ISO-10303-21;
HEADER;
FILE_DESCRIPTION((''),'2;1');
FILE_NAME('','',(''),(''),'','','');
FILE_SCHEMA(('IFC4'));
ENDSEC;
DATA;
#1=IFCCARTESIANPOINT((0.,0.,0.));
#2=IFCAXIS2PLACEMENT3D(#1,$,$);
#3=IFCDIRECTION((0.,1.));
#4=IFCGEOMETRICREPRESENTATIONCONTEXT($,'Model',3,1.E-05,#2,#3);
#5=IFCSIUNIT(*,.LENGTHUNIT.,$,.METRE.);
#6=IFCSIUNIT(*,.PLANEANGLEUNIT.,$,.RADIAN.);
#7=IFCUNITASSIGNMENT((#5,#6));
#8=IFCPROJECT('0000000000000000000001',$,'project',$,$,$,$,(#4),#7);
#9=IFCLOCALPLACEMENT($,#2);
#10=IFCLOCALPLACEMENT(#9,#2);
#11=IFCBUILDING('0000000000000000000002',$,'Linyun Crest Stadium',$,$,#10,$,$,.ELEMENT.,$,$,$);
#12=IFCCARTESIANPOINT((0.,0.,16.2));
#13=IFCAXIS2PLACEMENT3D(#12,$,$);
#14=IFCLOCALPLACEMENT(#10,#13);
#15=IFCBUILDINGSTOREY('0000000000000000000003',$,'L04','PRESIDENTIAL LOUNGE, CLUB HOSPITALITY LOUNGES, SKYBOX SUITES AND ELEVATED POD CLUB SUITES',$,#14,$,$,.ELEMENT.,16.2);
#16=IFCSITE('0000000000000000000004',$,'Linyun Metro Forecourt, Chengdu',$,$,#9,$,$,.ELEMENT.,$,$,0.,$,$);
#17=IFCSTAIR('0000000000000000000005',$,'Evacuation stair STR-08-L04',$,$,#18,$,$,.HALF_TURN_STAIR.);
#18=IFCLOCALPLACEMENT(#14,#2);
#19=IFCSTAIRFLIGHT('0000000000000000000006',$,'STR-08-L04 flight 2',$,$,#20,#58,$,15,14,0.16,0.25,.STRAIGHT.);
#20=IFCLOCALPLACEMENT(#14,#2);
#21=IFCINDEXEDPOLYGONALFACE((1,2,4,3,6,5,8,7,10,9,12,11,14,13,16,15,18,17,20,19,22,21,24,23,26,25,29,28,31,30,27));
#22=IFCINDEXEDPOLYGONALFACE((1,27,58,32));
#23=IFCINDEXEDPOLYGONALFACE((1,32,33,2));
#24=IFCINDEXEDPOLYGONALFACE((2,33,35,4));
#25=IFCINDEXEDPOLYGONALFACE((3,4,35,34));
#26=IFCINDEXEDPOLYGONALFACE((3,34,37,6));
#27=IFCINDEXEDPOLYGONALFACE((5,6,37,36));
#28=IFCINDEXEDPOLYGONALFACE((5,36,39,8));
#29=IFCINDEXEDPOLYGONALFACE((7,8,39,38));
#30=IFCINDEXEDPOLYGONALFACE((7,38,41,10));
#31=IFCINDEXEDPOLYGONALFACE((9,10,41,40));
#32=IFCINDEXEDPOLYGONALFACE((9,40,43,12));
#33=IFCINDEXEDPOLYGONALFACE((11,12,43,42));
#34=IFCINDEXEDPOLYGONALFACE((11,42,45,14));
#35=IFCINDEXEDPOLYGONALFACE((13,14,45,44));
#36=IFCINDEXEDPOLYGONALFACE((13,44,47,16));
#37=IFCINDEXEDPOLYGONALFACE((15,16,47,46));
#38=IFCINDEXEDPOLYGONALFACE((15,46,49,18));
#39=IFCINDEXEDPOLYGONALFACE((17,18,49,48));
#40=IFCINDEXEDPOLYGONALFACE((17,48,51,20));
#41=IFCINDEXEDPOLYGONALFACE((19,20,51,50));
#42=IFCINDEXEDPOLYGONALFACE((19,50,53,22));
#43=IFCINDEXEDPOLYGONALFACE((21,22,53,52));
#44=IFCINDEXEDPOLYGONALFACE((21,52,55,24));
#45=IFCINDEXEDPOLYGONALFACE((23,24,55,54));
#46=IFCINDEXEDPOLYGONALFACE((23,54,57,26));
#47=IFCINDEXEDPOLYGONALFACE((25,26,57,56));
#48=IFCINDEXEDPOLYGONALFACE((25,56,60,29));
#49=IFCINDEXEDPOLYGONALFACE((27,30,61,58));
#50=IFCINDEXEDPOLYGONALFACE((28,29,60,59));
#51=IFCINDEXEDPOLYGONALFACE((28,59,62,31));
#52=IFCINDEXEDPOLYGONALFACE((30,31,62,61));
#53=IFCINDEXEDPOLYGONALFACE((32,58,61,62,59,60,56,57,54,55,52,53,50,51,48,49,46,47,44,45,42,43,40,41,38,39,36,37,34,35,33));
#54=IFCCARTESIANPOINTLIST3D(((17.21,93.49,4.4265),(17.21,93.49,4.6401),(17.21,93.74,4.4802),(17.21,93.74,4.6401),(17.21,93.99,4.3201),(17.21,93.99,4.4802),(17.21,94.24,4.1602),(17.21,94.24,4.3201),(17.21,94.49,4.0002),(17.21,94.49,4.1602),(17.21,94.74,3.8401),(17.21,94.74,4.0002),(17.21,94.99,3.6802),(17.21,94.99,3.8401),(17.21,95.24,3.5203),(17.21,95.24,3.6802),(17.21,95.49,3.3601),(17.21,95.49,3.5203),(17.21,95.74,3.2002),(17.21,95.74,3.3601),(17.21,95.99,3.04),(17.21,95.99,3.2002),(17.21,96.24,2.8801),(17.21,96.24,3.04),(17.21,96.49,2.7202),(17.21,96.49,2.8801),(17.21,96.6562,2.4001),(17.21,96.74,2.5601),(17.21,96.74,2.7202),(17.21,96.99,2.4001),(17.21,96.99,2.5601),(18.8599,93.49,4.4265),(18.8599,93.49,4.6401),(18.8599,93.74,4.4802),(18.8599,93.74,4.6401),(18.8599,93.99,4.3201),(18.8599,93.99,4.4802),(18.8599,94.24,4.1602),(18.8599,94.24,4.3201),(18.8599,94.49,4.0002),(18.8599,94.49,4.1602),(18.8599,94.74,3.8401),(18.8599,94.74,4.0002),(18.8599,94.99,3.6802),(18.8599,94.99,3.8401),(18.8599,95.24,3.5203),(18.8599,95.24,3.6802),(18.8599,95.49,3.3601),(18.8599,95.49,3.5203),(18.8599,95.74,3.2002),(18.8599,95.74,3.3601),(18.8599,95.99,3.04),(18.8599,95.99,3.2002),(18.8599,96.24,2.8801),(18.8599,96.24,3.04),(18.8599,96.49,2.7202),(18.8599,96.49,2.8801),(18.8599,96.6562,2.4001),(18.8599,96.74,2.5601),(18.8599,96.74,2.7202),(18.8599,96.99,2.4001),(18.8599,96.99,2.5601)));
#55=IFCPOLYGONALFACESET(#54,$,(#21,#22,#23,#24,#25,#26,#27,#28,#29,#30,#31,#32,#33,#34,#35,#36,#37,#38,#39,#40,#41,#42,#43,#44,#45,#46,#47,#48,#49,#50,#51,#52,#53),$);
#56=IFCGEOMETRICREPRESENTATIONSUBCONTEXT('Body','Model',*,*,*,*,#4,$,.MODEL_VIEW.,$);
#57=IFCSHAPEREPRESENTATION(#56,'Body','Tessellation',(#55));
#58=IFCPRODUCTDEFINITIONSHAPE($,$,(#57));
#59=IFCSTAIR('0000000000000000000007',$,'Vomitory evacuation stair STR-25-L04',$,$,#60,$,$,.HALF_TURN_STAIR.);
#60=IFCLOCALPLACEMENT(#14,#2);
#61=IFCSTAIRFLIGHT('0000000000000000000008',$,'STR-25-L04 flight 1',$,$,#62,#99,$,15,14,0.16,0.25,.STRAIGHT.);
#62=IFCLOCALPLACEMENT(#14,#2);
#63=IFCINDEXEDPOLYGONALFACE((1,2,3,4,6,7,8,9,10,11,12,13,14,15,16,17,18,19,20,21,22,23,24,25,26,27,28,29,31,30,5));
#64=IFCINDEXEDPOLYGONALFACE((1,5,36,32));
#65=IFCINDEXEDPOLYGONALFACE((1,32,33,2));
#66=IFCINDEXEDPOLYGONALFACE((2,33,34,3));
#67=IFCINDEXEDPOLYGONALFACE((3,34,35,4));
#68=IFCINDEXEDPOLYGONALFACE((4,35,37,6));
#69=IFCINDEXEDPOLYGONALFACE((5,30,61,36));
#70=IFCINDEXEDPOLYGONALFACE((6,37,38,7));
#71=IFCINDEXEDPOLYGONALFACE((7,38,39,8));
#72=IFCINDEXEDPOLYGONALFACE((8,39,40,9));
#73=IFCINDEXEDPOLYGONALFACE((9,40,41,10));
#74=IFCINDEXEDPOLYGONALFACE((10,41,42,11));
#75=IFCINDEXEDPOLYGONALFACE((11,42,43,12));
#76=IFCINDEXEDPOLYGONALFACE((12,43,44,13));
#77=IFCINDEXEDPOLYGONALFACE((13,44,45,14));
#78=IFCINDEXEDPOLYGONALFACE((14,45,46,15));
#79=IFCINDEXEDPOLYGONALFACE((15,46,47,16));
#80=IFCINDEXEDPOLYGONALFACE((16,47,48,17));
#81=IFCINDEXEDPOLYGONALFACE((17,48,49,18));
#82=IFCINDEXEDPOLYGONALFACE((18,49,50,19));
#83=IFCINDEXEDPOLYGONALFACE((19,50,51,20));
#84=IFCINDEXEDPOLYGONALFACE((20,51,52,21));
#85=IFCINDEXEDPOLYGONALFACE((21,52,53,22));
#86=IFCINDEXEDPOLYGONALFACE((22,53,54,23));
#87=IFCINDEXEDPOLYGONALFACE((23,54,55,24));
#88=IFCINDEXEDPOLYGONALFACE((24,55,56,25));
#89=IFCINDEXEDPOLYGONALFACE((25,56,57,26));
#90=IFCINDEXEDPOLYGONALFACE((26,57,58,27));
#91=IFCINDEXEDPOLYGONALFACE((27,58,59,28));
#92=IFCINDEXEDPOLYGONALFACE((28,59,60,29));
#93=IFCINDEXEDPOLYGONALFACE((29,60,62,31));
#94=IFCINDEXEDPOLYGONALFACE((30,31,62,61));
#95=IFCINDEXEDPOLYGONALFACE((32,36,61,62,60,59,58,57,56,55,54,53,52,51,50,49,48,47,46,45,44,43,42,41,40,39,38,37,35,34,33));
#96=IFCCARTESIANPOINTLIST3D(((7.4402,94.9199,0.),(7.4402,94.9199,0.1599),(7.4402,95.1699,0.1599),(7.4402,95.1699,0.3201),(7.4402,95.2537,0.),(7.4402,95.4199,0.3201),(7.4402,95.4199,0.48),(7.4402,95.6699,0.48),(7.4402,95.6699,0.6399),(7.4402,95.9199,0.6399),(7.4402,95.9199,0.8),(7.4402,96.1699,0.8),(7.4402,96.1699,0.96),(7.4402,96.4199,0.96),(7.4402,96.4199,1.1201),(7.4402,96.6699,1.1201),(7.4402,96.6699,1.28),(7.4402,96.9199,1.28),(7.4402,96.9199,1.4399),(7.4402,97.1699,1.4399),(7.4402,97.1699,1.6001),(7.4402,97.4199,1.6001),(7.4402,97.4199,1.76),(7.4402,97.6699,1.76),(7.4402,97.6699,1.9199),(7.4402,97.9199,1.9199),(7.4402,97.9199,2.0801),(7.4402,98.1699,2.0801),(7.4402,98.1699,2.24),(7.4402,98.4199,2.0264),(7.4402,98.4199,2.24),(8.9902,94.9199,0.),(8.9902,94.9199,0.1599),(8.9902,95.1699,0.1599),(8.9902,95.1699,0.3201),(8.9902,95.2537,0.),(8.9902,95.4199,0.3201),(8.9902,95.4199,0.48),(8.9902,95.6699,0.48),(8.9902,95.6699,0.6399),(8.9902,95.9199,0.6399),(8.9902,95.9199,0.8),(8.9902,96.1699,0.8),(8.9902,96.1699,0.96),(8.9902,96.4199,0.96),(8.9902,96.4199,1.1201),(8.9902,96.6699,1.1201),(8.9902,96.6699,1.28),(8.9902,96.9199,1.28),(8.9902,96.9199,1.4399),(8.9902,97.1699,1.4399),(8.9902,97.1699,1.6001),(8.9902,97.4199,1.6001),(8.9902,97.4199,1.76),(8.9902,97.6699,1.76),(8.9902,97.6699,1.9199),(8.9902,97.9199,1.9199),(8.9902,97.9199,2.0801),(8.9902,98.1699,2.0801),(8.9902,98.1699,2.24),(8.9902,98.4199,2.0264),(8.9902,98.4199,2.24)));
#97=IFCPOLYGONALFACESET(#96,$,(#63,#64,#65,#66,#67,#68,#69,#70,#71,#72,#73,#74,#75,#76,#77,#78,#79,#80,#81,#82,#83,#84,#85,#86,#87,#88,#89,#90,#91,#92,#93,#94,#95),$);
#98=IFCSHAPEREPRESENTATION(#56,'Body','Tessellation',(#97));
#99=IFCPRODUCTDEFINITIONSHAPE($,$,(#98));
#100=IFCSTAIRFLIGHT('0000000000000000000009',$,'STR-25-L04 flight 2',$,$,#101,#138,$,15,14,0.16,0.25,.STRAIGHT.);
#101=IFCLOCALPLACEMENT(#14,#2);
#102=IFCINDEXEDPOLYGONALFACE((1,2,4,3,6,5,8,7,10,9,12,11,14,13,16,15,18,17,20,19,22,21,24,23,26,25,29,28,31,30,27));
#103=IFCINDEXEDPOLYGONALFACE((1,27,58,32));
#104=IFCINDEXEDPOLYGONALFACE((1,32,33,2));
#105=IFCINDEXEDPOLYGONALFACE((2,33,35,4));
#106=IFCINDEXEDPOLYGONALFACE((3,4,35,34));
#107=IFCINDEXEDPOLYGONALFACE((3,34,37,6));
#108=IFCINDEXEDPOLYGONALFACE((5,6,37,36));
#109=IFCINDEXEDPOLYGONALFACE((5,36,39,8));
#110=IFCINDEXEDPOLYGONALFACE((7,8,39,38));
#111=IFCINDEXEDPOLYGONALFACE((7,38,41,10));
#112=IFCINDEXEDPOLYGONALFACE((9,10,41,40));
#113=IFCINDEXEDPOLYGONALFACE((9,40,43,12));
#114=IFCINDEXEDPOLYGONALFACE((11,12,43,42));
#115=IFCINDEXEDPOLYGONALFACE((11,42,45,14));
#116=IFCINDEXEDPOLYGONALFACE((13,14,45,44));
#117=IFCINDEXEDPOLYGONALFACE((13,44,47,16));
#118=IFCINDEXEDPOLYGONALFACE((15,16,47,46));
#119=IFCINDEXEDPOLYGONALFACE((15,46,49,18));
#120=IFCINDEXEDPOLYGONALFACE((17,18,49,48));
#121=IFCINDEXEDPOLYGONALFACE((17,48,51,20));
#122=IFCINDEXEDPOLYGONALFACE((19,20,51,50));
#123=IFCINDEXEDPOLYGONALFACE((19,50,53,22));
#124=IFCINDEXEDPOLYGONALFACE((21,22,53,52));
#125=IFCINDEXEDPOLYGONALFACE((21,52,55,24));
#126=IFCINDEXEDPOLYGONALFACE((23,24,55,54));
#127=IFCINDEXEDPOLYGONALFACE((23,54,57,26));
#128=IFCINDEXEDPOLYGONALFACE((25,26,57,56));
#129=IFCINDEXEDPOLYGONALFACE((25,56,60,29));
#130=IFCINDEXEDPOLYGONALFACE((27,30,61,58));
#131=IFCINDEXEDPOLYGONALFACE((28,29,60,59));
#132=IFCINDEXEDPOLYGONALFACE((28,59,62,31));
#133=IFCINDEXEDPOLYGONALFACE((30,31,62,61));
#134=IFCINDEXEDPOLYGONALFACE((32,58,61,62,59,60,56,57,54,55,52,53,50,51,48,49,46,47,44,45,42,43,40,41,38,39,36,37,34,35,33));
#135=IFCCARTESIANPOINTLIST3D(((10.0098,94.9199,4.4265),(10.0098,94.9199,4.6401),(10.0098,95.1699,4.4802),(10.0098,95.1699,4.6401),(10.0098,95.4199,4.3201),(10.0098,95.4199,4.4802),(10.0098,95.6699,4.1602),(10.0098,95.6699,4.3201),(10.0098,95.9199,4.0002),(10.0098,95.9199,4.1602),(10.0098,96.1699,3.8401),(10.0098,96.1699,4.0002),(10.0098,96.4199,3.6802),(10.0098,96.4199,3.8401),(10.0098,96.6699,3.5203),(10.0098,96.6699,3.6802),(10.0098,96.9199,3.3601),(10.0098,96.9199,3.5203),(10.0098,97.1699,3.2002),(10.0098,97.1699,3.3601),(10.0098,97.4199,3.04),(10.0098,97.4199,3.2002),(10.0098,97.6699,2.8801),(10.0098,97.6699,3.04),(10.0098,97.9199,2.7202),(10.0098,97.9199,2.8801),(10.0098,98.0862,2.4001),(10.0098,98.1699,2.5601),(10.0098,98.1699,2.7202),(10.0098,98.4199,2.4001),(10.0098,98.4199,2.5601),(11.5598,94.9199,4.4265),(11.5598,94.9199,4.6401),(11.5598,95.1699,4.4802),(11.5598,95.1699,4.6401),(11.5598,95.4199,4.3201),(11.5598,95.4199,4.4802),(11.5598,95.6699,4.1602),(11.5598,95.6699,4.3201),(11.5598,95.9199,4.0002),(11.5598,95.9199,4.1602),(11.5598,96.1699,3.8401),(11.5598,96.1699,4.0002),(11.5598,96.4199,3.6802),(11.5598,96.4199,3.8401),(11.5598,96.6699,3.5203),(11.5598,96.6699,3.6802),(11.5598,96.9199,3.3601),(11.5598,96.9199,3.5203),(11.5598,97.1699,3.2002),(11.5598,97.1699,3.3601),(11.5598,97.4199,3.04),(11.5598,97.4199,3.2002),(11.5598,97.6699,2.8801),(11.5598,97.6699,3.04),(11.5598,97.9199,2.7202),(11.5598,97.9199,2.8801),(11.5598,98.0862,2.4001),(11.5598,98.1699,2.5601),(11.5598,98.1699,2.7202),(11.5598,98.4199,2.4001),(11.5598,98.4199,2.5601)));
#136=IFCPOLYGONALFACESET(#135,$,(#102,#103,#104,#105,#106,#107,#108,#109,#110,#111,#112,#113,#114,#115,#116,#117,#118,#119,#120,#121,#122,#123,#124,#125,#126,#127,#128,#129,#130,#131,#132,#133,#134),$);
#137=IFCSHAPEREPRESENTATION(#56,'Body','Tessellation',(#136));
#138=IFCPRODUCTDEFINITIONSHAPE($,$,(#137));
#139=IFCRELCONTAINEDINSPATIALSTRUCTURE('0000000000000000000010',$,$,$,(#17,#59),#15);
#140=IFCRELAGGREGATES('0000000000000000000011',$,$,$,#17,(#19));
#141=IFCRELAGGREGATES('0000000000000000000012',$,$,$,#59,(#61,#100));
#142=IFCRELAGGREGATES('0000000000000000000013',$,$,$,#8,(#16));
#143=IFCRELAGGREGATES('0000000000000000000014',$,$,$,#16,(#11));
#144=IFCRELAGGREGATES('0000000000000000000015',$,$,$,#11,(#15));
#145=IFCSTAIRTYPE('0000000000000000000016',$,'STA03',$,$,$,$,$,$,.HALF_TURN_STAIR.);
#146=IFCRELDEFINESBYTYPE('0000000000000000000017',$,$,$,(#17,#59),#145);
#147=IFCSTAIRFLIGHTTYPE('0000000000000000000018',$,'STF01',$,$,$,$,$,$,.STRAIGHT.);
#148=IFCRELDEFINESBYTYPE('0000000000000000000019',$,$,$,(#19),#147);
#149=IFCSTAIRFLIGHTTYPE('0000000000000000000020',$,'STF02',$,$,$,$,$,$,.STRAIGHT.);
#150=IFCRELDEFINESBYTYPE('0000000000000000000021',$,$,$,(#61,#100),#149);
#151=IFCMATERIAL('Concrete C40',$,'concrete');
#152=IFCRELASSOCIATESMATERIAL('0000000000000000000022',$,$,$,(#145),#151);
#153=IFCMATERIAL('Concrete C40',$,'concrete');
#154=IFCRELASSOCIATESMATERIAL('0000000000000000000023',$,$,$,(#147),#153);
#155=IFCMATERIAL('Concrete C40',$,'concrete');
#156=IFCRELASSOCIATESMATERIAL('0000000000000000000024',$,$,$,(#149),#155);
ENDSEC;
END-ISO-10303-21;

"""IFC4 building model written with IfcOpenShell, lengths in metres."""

from ifc_helpers import new_model, si_unit, direction, frame, origin, place, context, subcontext, project, spatial, polyline, outline, extrude, material, type_object, element, aggregate, save


model = new_model("IFC4")

# Units and contexts
model_context = context("Model", 3, precision=1e-05, world=origin(), true_north=direction((0.0, 1.0)))
body_context = subcontext(model_context, "Body", "Model", "MODEL_VIEW")
ifc_project = project(units=[si_unit("LENGTHUNIT", "METRE"), si_unit("PLANEANGLEUNIT", "RADIAN")], contexts=[model_context])

# Site, building, storey
site_placement = place(None, origin())
site = spatial("IfcSite", under=ifc_project, at=site_placement, Name="Linyun Metro Forecourt, Chengdu", CompositionType="ELEMENT", RefElevation=0.0)
building_placement = place(site_placement, origin())
building = spatial("IfcBuilding", under=site, at=building_placement, Name="Linyun Crest Stadium", CompositionType="ELEMENT")
storey_placement = place(building_placement, frame((0.0, 0.0, 16.2)))
storey = spatial("IfcBuildingStorey", under=building, at=storey_placement, Name="L04", Description="PRESIDENTIAL LOUNGE, CLUB HOSPITALITY LOUNGES, SKYBOX SUITES AND ELEVATED POD CLUB SUITES", CompositionType="ELEMENT", Elevation=16.2)

# Stairs, stair flights
ifc_material_1 = material(Name="Concrete C40", Category="concrete")
stair_type = type_object("IfcStairType", Name="STA03", PredefinedType="HALF_TURN_STAIR", material=ifc_material_1)
stair_1_placement = place(storey_placement, origin())
stair_1 = element("IfcStair", 1, at=stair_1_placement, inside=storey, type_object=stair_type, Name="Evacuation stair STR-08-L04", PredefinedType="HALF_TURN_STAIR")
ifc_material_2 = material(Name="Concrete C40", Category="concrete")
stair_flight_type_1 = type_object("IfcStairFlightType", Name="STF01", PredefinedType="STRAIGHT", material=ifc_material_2)
stair_flight_1_placement = place(storey_placement, frame((18.0349, 96.99, 2.4001), z_axis=(0.0, 0.0, 1.0), x_axis=(0.0, -1.0, 0.0)))
stair_flight_1 = element("IfcStairFlight", 2, at=stair_flight_1_placement, type_object=stair_flight_type_1, Name="STR-08-L04 flight 2", NumberOfRisers=15, NumberOfTreads=14, PredefinedType="STRAIGHT", RiserHeight=0.16, TreadLength=0.25, context=body_context, shape_type="SweptSolid", body=[
    extrude(outline(polyline([(0.0, 0.0), (0.0, 0.1599), (0.25, 0.1599), (0.25, 0.3201), (0.5, 0.3201), (0.5, 0.48), (0.75, 0.48), (0.75, 0.6399), (1.0, 0.6399), (1.0, 0.8), (1.25, 0.8), (1.25, 0.96), (1.5, 0.96), (1.5, 1.1201), (1.75, 1.1201), (1.75, 1.28), (2.0, 1.28), (2.0, 1.4399), (2.25, 1.4399), (2.25, 1.6001), (2.5, 1.6001), (2.5, 1.76), (2.75, 1.76), (2.75, 1.9199), (3.0, 1.9199), (3.0, 2.0801), (3.25, 2.0801), (3.25, 2.24), (3.5, 2.24), (3.5, 2.3999), (3.5, 2.0264), (0.3337, 0.0), (0.0, 0.0)])), frame((0.0, 0.825, 0.0), z_axis=(0.0, -1.0, 0.0), x_axis=(1.0, 0.0, 0.0)), (0.0, 0.0, 1.0), 1.6499),
])
aggregate(stair_1, [stair_flight_1])
stair_2_placement = place(storey_placement, origin())
stair_2 = element("IfcStair", 3, at=stair_2_placement, inside=storey, type_object=stair_type, Name="Vomitory evacuation stair STR-25-L04", PredefinedType="HALF_TURN_STAIR")
ifc_material_3 = material(Name="Concrete C40", Category="concrete")
stair_flight_type_2 = type_object("IfcStairFlightType", Name="STF02", PredefinedType="STRAIGHT", material=ifc_material_3)
stair_flight_2_placement = place(storey_placement, frame((8.2151, 94.9199, 0.0), z_axis=(0.0, 0.0, 1.0), x_axis=(0.0, 1.0, 0.0)))
stair_flight_2 = element("IfcStairFlight", 4, at=stair_flight_2_placement, type_object=stair_flight_type_2, Name="STR-25-L04 flight 1", NumberOfRisers=15, NumberOfTreads=14, PredefinedType="STRAIGHT", RiserHeight=0.16, TreadLength=0.25, context=body_context, shape_type="SweptSolid", body=[
    extrude(outline(polyline([(0.0, 0.0), (0.0, 0.1599), (0.25, 0.1599), (0.25, 0.3201), (0.5, 0.3201), (0.5, 0.48), (0.75, 0.48), (0.75, 0.6399), (1.0, 0.6399), (1.0, 0.8), (1.25, 0.8), (1.25, 0.96), (1.5, 0.96), (1.5, 1.1201), (1.75, 1.1201), (1.75, 1.28), (2.0, 1.28), (2.0, 1.4399), (2.25, 1.4399), (2.25, 1.6001), (2.5, 1.6001), (2.5, 1.76), (2.75, 1.76), (2.75, 1.9199), (3.0, 1.9199), (3.0, 2.0801), (3.25, 2.0801), (3.25, 2.24), (3.5, 2.24), (3.5, 2.3999), (3.5, 2.0264), (0.3337, 0.0), (0.0, 0.0)])), frame((0.0, 0.7749, 0.0), z_axis=(0.0, -1.0, 0.0), x_axis=(1.0, 0.0, 0.0)), (0.0, 0.0, 1.0), 1.55),
])
stair_flight_3_placement = place(storey_placement, frame((10.7849, 98.4199, 2.4001), z_axis=(0.0, 0.0, 1.0), x_axis=(0.0, -1.0, 0.0)))
stair_flight_3 = element("IfcStairFlight", 5, at=stair_flight_3_placement, type_object=stair_flight_type_2, Name="STR-25-L04 flight 2", NumberOfRisers=15, NumberOfTreads=14, PredefinedType="STRAIGHT", RiserHeight=0.16, TreadLength=0.25, context=body_context, shape_type="SweptSolid", body=[
    extrude(outline(polyline([(0.0, 0.0), (0.0, 0.1599), (0.25, 0.1599), (0.25, 0.3201), (0.5, 0.3201), (0.5, 0.48), (0.75, 0.48), (0.75, 0.6399), (1.0, 0.6399), (1.0, 0.8), (1.25, 0.8), (1.25, 0.96), (1.5, 0.96), (1.5, 1.1201), (1.75, 1.1201), (1.75, 1.28), (2.0, 1.28), (2.0, 1.4399), (2.25, 1.4399), (2.25, 1.6001), (2.5, 1.6001), (2.5, 1.76), (2.75, 1.76), (2.75, 1.9199), (3.0, 1.9199), (3.0, 2.0801), (3.25, 2.0801), (3.25, 2.24), (3.5, 2.24), (3.5, 2.3999), (3.5, 2.0264), (0.3337, 0.0), (0.0, 0.0)])), frame((0.0, 0.7749, 0.0), z_axis=(0.0, -1.0, 0.0), x_axis=(1.0, 0.0, 0.0)), (0.0, 0.0, 1.0), 1.55),
])
aggregate(stair_2, [stair_flight_2, stair_flight_3])

save(model, "model.ifc")
